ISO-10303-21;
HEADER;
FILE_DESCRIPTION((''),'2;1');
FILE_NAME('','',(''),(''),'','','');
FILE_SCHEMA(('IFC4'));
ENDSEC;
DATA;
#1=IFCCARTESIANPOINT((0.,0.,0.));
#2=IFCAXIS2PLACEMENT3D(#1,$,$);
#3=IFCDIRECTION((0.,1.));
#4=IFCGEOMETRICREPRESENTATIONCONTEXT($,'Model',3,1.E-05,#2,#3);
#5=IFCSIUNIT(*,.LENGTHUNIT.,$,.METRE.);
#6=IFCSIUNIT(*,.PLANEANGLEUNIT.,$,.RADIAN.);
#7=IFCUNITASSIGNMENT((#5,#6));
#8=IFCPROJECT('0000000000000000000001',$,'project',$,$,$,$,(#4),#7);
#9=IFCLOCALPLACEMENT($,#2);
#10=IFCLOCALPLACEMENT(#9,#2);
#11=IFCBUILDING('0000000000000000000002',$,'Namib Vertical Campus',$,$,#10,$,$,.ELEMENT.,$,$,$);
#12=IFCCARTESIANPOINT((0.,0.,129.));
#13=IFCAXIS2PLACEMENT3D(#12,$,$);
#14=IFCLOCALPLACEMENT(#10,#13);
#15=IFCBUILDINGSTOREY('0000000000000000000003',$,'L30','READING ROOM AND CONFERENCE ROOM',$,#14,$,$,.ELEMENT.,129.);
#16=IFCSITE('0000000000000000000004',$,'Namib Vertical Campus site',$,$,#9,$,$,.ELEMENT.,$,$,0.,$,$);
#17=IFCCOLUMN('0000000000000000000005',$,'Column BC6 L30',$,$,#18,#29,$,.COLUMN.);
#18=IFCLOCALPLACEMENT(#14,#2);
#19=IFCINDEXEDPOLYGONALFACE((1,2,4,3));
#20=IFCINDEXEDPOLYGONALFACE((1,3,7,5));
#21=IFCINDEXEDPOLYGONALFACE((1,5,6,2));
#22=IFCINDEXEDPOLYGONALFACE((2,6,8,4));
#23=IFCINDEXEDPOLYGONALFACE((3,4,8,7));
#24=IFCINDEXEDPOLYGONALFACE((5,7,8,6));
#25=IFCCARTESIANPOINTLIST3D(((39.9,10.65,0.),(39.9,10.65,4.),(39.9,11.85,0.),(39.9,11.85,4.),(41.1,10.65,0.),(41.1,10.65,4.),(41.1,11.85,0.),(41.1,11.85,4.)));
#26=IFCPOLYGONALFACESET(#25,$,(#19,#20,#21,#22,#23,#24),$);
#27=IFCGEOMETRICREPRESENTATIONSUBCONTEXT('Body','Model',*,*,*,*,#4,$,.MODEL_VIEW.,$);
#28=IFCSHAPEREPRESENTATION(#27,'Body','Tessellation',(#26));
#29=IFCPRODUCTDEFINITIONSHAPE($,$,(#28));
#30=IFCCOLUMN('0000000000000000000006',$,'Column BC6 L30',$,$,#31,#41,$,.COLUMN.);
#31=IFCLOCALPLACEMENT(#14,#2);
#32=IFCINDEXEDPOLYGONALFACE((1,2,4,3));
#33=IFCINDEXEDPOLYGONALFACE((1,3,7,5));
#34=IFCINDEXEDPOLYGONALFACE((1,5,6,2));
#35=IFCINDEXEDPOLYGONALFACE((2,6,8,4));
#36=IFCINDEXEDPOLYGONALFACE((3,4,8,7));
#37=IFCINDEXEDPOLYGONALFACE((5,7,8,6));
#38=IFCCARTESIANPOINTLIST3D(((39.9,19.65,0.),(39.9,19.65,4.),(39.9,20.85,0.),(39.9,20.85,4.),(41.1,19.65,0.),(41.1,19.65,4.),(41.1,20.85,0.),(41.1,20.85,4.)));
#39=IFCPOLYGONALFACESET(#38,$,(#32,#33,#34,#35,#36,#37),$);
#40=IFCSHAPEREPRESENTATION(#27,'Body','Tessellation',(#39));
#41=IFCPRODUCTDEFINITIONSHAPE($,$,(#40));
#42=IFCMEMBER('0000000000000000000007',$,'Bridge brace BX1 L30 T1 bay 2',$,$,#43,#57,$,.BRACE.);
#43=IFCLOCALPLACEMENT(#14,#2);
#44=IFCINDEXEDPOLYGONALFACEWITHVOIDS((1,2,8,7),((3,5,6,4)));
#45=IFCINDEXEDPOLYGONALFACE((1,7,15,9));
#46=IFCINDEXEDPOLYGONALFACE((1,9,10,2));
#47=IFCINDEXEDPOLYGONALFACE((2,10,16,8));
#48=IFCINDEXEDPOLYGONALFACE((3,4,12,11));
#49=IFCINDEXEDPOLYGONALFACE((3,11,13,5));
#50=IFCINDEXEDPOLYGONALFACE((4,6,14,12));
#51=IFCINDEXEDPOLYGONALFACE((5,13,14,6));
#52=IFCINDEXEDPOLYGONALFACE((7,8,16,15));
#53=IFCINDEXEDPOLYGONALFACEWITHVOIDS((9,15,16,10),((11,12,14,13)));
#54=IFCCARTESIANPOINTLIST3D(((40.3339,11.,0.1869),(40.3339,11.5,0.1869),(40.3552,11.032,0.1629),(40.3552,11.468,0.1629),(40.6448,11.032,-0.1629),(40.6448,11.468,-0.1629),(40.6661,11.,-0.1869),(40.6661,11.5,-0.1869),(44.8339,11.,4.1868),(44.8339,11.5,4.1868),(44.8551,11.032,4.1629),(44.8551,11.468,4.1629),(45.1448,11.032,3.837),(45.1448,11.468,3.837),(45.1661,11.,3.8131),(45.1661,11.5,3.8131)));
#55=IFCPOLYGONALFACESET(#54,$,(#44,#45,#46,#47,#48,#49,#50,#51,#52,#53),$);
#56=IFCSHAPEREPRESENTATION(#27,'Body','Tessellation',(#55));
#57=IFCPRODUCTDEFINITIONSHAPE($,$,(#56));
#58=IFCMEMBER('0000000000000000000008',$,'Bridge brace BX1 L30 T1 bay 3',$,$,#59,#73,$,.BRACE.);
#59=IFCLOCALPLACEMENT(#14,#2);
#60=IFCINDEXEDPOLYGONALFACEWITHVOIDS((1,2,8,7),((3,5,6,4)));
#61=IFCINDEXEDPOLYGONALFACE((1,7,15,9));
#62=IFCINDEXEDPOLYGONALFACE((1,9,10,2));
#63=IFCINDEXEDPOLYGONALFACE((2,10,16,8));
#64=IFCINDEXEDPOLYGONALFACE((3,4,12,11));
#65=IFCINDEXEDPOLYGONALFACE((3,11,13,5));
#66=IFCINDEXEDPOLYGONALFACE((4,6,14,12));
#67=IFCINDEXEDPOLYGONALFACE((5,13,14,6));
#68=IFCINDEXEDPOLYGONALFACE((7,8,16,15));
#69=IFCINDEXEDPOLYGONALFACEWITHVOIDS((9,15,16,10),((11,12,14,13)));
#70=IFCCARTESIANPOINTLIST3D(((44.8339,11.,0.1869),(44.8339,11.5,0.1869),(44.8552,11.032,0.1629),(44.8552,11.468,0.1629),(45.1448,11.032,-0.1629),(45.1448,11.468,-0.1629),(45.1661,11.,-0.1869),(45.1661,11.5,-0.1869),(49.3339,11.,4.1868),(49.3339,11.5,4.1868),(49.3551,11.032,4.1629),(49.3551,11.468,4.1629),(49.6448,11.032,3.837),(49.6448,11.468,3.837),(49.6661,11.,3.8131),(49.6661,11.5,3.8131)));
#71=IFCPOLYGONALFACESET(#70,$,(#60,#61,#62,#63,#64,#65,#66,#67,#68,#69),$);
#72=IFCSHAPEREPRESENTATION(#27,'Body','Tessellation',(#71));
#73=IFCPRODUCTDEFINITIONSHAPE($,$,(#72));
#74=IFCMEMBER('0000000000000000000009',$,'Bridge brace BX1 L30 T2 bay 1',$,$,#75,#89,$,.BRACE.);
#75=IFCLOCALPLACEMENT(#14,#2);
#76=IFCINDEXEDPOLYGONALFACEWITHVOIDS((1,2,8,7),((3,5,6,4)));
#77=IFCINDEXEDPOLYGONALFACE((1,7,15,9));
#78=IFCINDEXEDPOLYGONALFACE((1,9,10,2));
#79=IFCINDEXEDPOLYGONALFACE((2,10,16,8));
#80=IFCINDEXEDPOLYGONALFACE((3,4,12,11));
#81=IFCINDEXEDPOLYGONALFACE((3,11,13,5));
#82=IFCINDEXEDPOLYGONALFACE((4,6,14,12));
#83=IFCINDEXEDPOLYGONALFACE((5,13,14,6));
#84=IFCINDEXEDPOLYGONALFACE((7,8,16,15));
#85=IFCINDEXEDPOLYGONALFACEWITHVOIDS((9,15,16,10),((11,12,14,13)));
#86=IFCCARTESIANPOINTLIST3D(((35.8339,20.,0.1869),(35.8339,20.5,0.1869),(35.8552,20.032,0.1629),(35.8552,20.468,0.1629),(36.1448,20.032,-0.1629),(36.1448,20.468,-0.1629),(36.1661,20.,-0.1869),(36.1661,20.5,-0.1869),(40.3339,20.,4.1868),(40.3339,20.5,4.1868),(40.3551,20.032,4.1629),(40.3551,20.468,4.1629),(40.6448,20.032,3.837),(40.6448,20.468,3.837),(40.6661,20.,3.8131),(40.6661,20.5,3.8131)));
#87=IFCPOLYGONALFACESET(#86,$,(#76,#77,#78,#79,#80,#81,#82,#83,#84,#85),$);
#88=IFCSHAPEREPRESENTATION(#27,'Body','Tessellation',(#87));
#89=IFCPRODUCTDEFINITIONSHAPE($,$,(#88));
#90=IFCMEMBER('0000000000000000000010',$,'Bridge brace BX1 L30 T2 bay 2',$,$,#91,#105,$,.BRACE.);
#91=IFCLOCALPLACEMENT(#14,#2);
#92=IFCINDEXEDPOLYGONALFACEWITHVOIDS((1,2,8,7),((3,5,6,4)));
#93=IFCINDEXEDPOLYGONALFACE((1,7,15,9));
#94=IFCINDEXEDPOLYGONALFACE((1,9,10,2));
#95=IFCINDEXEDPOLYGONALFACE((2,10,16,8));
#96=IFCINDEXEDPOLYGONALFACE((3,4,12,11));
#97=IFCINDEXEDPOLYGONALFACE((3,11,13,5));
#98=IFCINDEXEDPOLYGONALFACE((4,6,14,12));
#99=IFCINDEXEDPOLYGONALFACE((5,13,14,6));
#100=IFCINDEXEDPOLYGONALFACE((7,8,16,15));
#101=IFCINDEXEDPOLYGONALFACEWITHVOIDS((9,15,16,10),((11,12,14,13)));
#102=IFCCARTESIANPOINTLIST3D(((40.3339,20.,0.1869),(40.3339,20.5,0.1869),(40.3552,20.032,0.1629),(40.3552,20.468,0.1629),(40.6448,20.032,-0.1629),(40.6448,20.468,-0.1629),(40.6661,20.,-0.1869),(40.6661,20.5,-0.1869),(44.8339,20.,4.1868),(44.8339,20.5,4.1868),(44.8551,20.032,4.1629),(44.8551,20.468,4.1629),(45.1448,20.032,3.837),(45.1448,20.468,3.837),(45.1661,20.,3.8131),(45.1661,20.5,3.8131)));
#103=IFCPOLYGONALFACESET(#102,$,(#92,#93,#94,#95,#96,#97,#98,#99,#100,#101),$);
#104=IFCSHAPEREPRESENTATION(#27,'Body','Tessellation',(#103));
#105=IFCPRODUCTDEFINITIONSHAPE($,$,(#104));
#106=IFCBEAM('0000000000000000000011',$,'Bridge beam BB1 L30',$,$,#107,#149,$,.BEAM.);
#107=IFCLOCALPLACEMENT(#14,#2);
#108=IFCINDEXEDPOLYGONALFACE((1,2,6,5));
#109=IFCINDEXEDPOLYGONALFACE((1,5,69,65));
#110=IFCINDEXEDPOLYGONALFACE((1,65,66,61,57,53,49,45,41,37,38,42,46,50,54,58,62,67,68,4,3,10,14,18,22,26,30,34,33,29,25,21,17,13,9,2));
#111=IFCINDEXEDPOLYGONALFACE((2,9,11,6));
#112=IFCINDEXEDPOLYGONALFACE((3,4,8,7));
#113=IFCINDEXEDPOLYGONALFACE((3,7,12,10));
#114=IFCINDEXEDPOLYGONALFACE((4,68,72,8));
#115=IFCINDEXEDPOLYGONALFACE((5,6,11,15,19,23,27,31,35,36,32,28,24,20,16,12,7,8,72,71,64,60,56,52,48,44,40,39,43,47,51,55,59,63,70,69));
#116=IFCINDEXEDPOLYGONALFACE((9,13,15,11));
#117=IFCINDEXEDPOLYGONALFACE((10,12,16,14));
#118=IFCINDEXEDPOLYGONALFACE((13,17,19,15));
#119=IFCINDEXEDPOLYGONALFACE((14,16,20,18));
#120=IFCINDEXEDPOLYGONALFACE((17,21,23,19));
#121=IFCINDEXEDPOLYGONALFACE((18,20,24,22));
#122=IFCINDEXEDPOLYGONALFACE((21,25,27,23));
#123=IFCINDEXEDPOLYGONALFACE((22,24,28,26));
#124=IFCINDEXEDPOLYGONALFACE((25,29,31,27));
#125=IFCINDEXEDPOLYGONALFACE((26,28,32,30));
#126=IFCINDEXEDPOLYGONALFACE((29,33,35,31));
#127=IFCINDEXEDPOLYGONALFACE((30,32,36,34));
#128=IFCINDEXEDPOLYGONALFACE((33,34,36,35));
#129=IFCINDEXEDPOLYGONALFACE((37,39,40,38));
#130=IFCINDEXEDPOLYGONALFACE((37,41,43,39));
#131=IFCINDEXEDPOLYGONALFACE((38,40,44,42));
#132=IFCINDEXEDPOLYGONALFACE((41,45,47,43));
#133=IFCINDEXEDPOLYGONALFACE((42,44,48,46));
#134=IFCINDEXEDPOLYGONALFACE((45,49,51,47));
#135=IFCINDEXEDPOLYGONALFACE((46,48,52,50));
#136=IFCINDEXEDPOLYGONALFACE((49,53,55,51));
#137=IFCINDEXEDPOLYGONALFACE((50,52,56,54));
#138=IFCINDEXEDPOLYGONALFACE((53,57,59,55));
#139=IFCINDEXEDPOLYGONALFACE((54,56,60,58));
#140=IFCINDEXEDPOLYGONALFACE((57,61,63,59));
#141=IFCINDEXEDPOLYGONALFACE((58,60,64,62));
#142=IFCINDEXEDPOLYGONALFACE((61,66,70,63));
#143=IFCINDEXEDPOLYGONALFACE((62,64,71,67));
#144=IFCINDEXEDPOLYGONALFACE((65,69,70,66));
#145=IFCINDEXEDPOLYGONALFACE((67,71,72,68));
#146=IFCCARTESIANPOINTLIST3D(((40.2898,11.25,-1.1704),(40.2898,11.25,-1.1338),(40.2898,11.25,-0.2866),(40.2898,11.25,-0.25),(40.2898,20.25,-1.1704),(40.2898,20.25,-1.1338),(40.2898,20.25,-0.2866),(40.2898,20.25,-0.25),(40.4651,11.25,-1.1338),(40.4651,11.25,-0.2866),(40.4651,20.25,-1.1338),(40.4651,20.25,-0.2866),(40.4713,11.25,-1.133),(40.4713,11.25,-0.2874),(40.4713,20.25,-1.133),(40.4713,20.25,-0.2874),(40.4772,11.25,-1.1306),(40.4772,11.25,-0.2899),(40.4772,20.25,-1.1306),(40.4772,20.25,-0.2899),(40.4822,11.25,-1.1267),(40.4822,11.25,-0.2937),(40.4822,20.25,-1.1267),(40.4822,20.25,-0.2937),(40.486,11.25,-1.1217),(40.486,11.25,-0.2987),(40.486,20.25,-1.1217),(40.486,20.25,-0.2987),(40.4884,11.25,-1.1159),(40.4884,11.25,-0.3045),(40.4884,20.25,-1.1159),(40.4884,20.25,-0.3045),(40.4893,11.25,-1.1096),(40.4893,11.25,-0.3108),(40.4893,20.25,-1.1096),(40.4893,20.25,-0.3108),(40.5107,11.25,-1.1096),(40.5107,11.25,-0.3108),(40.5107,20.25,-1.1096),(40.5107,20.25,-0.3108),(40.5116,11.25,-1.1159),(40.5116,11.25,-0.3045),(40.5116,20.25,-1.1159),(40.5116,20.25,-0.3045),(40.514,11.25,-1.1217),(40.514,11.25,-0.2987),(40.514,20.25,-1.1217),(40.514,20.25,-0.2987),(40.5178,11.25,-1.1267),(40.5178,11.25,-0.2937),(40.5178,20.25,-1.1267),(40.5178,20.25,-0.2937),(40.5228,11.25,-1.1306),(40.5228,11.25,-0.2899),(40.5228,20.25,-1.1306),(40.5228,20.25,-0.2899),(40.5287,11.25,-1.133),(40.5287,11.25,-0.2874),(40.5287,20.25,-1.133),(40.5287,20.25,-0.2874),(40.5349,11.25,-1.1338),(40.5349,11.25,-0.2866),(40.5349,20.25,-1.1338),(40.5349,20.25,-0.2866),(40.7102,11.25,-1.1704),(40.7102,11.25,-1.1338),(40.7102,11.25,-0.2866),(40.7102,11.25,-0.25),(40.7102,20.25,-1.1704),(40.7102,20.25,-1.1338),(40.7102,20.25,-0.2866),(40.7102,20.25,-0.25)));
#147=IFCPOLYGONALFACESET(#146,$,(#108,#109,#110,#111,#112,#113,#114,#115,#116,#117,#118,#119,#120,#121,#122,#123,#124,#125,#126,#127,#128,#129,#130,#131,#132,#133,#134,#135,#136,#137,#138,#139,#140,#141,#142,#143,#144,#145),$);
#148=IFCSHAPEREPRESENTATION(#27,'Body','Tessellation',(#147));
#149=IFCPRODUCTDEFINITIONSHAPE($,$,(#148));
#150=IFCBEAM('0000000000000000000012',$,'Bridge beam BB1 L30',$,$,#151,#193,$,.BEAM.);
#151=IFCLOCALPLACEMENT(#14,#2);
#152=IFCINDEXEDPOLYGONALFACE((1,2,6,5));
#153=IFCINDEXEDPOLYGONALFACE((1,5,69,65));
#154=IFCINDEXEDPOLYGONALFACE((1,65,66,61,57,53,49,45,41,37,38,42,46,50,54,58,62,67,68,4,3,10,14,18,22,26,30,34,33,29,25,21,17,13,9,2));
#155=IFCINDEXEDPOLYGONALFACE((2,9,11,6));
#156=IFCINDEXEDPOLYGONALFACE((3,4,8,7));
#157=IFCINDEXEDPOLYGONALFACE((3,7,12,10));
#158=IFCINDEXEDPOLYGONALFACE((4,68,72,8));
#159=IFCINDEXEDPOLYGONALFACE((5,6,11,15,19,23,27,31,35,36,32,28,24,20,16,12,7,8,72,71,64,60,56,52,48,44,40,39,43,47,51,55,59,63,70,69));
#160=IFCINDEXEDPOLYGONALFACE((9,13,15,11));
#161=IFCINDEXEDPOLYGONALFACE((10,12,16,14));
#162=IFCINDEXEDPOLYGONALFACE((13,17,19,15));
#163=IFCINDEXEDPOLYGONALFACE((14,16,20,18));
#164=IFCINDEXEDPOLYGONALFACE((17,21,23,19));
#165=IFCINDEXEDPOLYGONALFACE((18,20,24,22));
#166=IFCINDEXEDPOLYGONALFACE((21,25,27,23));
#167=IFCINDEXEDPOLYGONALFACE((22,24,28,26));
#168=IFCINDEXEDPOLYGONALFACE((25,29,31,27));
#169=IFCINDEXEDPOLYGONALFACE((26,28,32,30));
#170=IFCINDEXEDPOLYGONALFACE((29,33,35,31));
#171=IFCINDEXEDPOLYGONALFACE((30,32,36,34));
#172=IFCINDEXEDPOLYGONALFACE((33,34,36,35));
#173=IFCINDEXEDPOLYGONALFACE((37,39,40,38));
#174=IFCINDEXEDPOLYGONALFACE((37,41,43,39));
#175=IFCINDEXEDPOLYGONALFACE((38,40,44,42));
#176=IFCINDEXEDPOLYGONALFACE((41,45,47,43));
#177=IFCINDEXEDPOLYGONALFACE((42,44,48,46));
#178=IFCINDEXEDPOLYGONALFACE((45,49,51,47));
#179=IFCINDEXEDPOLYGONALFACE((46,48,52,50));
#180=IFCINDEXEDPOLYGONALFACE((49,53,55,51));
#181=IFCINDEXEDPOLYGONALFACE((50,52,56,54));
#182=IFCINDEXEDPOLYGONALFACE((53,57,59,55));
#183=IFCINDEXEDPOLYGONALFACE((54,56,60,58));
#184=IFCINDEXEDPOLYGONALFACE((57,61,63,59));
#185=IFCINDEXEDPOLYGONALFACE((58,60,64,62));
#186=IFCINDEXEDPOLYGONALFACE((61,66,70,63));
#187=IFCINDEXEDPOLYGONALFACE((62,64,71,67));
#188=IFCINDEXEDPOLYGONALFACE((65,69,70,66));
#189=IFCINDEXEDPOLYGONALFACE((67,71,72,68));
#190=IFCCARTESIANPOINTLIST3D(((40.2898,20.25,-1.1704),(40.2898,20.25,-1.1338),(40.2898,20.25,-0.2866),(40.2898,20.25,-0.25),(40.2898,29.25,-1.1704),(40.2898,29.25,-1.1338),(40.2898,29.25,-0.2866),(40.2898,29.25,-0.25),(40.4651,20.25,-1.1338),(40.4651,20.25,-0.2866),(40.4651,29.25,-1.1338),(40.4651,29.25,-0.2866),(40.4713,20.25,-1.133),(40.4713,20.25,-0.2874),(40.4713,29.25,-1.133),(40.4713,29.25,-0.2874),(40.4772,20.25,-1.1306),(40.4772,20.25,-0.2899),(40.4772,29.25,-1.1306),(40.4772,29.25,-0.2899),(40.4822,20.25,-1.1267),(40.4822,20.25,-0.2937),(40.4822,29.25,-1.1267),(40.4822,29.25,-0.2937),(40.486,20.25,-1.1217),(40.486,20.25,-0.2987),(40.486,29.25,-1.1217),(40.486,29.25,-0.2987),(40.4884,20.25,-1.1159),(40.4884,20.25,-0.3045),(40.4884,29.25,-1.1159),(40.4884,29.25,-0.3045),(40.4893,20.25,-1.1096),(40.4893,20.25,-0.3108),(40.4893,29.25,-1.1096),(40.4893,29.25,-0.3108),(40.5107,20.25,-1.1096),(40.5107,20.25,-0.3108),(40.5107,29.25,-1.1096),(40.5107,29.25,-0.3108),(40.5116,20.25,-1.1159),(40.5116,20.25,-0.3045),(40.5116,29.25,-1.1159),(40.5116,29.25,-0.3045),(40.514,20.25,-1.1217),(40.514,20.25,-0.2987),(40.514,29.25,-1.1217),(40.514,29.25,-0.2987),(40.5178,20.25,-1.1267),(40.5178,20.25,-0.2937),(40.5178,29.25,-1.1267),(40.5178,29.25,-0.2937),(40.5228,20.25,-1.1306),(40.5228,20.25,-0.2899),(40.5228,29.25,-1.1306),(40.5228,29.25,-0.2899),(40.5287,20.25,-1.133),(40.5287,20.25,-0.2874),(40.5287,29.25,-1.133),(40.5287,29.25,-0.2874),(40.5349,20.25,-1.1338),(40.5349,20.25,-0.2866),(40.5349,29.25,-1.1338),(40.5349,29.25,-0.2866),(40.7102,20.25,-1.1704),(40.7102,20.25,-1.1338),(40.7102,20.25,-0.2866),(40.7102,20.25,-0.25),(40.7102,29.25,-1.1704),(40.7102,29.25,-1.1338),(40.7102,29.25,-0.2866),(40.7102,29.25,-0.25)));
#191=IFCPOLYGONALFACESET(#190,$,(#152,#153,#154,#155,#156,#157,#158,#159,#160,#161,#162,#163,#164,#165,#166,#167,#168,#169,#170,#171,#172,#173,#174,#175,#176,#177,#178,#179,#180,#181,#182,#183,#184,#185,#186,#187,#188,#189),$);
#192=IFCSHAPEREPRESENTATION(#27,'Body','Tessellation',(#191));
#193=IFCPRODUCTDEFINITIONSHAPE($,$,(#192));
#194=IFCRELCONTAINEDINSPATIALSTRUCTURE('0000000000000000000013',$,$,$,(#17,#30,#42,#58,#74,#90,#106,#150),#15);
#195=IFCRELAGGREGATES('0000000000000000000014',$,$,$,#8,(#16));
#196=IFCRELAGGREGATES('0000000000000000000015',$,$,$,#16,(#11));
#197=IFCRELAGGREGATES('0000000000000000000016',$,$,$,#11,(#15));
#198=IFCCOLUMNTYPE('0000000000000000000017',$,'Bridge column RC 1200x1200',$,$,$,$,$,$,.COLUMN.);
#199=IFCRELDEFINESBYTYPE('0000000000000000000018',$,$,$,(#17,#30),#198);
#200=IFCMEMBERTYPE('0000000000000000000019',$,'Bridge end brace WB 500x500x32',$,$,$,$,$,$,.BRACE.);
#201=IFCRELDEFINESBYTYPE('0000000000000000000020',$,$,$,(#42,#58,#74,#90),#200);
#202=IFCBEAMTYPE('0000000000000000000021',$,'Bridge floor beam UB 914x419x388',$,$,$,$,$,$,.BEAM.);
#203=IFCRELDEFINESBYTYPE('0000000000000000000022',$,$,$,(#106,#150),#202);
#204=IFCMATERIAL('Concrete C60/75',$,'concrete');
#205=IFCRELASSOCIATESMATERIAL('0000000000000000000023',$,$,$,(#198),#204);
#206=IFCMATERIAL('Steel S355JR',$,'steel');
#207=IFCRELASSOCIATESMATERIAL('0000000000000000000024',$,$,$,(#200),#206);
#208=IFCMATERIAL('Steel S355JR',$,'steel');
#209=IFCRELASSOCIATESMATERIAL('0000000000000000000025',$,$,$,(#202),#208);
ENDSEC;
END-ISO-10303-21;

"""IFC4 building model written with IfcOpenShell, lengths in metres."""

from ifc_helpers import new_model, si_unit, direction, frame, origin, origin_2d, place, context, subcontext, project, spatial, rectangle, hollow_rectangle, i_section, extrude, material, material_profile, profile_set, type_object, element, save


model = new_model("IFC4")

# Units and contexts
model_context = context("Model", 3, precision=1e-05, world=origin(), true_north=direction((0.0, 1.0)))
body_context = subcontext(model_context, "Body", "Model", "MODEL_VIEW")
ifc_project = project(units=[si_unit("LENGTHUNIT", "METRE"), si_unit("PLANEANGLEUNIT", "RADIAN")], contexts=[model_context])

# Site, building, storey
site_placement = place(None, origin())
site = spatial("IfcSite", under=ifc_project, at=site_placement, Name="Namib Vertical Campus site", CompositionType="ELEMENT", RefElevation=0.0)
building_placement = place(site_placement, origin())
building = spatial("IfcBuilding", under=site, at=building_placement, Name="Namib Vertical Campus", CompositionType="ELEMENT")
storey_placement = place(building_placement, frame((0.0, 0.0, 129.0)))
storey = spatial("IfcBuildingStorey", under=building, at=storey_placement, Name="L30", Description="READING ROOM AND CONFERENCE ROOM", CompositionType="ELEMENT", Elevation=129.0)

# Columns
ifc_material_1 = material(Name="Concrete C60/75", Category="concrete")
ifc_material_profile_1 = material_profile(ifc_material_1, rectangle(XDim=1.2, YDim=1.2, at=origin_2d()))
ifc_profile_set_1 = profile_set([ifc_material_profile_1], Name="Concrete C60/75")
column_type = type_object("IfcColumnType", Name="Bridge column RC 1200x1200", PredefinedType="COLUMN", material=ifc_profile_set_1)
for number, where, z_axis, x_axis, name in (
    (1, (40.5, 11.25, 0.0), (0.0, 0.0, 1.0), (1.0, 0.0, 0.0), "Column BC6 L30"),
    (2, (40.5, 20.25, 0.0), (0.0, 0.0, 1.0), (1.0, 0.0, 0.0), "Column BC6 L30"),
):
    element("IfcColumn", number, at=place(storey_placement, frame(where, z_axis=z_axis, x_axis=x_axis)), inside=storey, type_object=column_type, Name=name, PredefinedType="COLUMN", context=body_context, shape_type="SweptSolid", body=[
        extrude(rectangle(XDim=1.2, YDim=1.2, at=origin_2d()), origin(), (0.0, 0.0, 1.0), 4.0),
    ])

# Members
ifc_material_2 = material(Name="Steel S355JR", Category="steel")
ifc_material_profile_2 = material_profile(ifc_material_2, hollow_rectangle(XDim=0.5, YDim=0.5, WallThickness=0.032, at=origin_2d()))
ifc_profile_set_2 = profile_set([ifc_material_profile_2], Name="Steel S355JR")
member_type_1 = type_object("IfcMemberType", Name="Bridge end brace WB 500x500x32", PredefinedType="BRACE", material=ifc_profile_set_2)
for number, where, z_axis, x_axis, name in (
    (3, (40.5, 11.25, 0.0), (0.747409, 0.0, 0.664364), (0.0, 1.0, 0.0), "Bridge brace BX1 L30 T1 bay 2"),
    (4, (45.0, 11.25, 0.0), (0.747409, 0.0, 0.664364), (0.0, 1.0, 0.0), "Bridge brace BX1 L30 T1 bay 3"),
    (5, (36.0, 20.25, 0.0), (0.747409, 0.0, 0.664364), (0.0, 1.0, 0.0), "Bridge brace BX1 L30 T2 bay 1"),
    (6, (40.5, 20.25, 0.0), (0.747409, 0.0, 0.664364), (0.0, 1.0, 0.0), "Bridge brace BX1 L30 T2 bay 2"),
):
    element("IfcMember", number, at=place(storey_placement, frame(where, z_axis=z_axis, x_axis=x_axis)), inside=storey, type_object=member_type_1, Name=name, PredefinedType="BRACE", context=body_context, shape_type="SweptSolid", body=[
        extrude(hollow_rectangle(XDim=0.5, YDim=0.5, WallThickness=0.032, at=origin_2d()), origin(), (0.0, 0.0, 1.0), 6.0208),
    ])

# Beams
ifc_material_3 = material(Name="Steel S355JR", Category="steel")
ifc_material_profile_3 = material_profile(ifc_material_3, i_section(OverallWidth=0.4204, OverallDepth=0.9204, WebThickness=0.0215, FlangeThickness=0.0366, FilletRadius=0.0242, at=origin_2d()))
ifc_profile_set_3 = profile_set([ifc_material_profile_3], Name="Steel S355JR")
beam_type_1 = type_object("IfcBeamType", Name="Bridge floor beam UB 914x419x388", PredefinedType="BEAM", material=ifc_profile_set_3)
for number, where, z_axis, x_axis, name in (
    (7, (40.5, 11.25, -0.7102), (0.0, 1.0, 0.0), (-1.0, 0.0, 0.0), "Bridge beam BB1 L30"),
    (8, (40.5, 20.25, -0.7102), (0.0, 1.0, 0.0), (-1.0, 0.0, 0.0), "Bridge beam BB1 L30"),
):
    element("IfcBeam", number, at=place(storey_placement, frame(where, z_axis=z_axis, x_axis=x_axis)), inside=storey, type_object=beam_type_1, Name=name, PredefinedType="BEAM", context=body_context, shape_type="SweptSolid", body=[
        extrude(i_section(OverallWidth=0.4204, OverallDepth=0.9204, WebThickness=0.0215, FlangeThickness=0.0366, FilletRadius=0.0242, at=origin_2d()), origin(), (0.0, 0.0, 1.0), 9.0),
    ])

save(model, "model.ifc")
